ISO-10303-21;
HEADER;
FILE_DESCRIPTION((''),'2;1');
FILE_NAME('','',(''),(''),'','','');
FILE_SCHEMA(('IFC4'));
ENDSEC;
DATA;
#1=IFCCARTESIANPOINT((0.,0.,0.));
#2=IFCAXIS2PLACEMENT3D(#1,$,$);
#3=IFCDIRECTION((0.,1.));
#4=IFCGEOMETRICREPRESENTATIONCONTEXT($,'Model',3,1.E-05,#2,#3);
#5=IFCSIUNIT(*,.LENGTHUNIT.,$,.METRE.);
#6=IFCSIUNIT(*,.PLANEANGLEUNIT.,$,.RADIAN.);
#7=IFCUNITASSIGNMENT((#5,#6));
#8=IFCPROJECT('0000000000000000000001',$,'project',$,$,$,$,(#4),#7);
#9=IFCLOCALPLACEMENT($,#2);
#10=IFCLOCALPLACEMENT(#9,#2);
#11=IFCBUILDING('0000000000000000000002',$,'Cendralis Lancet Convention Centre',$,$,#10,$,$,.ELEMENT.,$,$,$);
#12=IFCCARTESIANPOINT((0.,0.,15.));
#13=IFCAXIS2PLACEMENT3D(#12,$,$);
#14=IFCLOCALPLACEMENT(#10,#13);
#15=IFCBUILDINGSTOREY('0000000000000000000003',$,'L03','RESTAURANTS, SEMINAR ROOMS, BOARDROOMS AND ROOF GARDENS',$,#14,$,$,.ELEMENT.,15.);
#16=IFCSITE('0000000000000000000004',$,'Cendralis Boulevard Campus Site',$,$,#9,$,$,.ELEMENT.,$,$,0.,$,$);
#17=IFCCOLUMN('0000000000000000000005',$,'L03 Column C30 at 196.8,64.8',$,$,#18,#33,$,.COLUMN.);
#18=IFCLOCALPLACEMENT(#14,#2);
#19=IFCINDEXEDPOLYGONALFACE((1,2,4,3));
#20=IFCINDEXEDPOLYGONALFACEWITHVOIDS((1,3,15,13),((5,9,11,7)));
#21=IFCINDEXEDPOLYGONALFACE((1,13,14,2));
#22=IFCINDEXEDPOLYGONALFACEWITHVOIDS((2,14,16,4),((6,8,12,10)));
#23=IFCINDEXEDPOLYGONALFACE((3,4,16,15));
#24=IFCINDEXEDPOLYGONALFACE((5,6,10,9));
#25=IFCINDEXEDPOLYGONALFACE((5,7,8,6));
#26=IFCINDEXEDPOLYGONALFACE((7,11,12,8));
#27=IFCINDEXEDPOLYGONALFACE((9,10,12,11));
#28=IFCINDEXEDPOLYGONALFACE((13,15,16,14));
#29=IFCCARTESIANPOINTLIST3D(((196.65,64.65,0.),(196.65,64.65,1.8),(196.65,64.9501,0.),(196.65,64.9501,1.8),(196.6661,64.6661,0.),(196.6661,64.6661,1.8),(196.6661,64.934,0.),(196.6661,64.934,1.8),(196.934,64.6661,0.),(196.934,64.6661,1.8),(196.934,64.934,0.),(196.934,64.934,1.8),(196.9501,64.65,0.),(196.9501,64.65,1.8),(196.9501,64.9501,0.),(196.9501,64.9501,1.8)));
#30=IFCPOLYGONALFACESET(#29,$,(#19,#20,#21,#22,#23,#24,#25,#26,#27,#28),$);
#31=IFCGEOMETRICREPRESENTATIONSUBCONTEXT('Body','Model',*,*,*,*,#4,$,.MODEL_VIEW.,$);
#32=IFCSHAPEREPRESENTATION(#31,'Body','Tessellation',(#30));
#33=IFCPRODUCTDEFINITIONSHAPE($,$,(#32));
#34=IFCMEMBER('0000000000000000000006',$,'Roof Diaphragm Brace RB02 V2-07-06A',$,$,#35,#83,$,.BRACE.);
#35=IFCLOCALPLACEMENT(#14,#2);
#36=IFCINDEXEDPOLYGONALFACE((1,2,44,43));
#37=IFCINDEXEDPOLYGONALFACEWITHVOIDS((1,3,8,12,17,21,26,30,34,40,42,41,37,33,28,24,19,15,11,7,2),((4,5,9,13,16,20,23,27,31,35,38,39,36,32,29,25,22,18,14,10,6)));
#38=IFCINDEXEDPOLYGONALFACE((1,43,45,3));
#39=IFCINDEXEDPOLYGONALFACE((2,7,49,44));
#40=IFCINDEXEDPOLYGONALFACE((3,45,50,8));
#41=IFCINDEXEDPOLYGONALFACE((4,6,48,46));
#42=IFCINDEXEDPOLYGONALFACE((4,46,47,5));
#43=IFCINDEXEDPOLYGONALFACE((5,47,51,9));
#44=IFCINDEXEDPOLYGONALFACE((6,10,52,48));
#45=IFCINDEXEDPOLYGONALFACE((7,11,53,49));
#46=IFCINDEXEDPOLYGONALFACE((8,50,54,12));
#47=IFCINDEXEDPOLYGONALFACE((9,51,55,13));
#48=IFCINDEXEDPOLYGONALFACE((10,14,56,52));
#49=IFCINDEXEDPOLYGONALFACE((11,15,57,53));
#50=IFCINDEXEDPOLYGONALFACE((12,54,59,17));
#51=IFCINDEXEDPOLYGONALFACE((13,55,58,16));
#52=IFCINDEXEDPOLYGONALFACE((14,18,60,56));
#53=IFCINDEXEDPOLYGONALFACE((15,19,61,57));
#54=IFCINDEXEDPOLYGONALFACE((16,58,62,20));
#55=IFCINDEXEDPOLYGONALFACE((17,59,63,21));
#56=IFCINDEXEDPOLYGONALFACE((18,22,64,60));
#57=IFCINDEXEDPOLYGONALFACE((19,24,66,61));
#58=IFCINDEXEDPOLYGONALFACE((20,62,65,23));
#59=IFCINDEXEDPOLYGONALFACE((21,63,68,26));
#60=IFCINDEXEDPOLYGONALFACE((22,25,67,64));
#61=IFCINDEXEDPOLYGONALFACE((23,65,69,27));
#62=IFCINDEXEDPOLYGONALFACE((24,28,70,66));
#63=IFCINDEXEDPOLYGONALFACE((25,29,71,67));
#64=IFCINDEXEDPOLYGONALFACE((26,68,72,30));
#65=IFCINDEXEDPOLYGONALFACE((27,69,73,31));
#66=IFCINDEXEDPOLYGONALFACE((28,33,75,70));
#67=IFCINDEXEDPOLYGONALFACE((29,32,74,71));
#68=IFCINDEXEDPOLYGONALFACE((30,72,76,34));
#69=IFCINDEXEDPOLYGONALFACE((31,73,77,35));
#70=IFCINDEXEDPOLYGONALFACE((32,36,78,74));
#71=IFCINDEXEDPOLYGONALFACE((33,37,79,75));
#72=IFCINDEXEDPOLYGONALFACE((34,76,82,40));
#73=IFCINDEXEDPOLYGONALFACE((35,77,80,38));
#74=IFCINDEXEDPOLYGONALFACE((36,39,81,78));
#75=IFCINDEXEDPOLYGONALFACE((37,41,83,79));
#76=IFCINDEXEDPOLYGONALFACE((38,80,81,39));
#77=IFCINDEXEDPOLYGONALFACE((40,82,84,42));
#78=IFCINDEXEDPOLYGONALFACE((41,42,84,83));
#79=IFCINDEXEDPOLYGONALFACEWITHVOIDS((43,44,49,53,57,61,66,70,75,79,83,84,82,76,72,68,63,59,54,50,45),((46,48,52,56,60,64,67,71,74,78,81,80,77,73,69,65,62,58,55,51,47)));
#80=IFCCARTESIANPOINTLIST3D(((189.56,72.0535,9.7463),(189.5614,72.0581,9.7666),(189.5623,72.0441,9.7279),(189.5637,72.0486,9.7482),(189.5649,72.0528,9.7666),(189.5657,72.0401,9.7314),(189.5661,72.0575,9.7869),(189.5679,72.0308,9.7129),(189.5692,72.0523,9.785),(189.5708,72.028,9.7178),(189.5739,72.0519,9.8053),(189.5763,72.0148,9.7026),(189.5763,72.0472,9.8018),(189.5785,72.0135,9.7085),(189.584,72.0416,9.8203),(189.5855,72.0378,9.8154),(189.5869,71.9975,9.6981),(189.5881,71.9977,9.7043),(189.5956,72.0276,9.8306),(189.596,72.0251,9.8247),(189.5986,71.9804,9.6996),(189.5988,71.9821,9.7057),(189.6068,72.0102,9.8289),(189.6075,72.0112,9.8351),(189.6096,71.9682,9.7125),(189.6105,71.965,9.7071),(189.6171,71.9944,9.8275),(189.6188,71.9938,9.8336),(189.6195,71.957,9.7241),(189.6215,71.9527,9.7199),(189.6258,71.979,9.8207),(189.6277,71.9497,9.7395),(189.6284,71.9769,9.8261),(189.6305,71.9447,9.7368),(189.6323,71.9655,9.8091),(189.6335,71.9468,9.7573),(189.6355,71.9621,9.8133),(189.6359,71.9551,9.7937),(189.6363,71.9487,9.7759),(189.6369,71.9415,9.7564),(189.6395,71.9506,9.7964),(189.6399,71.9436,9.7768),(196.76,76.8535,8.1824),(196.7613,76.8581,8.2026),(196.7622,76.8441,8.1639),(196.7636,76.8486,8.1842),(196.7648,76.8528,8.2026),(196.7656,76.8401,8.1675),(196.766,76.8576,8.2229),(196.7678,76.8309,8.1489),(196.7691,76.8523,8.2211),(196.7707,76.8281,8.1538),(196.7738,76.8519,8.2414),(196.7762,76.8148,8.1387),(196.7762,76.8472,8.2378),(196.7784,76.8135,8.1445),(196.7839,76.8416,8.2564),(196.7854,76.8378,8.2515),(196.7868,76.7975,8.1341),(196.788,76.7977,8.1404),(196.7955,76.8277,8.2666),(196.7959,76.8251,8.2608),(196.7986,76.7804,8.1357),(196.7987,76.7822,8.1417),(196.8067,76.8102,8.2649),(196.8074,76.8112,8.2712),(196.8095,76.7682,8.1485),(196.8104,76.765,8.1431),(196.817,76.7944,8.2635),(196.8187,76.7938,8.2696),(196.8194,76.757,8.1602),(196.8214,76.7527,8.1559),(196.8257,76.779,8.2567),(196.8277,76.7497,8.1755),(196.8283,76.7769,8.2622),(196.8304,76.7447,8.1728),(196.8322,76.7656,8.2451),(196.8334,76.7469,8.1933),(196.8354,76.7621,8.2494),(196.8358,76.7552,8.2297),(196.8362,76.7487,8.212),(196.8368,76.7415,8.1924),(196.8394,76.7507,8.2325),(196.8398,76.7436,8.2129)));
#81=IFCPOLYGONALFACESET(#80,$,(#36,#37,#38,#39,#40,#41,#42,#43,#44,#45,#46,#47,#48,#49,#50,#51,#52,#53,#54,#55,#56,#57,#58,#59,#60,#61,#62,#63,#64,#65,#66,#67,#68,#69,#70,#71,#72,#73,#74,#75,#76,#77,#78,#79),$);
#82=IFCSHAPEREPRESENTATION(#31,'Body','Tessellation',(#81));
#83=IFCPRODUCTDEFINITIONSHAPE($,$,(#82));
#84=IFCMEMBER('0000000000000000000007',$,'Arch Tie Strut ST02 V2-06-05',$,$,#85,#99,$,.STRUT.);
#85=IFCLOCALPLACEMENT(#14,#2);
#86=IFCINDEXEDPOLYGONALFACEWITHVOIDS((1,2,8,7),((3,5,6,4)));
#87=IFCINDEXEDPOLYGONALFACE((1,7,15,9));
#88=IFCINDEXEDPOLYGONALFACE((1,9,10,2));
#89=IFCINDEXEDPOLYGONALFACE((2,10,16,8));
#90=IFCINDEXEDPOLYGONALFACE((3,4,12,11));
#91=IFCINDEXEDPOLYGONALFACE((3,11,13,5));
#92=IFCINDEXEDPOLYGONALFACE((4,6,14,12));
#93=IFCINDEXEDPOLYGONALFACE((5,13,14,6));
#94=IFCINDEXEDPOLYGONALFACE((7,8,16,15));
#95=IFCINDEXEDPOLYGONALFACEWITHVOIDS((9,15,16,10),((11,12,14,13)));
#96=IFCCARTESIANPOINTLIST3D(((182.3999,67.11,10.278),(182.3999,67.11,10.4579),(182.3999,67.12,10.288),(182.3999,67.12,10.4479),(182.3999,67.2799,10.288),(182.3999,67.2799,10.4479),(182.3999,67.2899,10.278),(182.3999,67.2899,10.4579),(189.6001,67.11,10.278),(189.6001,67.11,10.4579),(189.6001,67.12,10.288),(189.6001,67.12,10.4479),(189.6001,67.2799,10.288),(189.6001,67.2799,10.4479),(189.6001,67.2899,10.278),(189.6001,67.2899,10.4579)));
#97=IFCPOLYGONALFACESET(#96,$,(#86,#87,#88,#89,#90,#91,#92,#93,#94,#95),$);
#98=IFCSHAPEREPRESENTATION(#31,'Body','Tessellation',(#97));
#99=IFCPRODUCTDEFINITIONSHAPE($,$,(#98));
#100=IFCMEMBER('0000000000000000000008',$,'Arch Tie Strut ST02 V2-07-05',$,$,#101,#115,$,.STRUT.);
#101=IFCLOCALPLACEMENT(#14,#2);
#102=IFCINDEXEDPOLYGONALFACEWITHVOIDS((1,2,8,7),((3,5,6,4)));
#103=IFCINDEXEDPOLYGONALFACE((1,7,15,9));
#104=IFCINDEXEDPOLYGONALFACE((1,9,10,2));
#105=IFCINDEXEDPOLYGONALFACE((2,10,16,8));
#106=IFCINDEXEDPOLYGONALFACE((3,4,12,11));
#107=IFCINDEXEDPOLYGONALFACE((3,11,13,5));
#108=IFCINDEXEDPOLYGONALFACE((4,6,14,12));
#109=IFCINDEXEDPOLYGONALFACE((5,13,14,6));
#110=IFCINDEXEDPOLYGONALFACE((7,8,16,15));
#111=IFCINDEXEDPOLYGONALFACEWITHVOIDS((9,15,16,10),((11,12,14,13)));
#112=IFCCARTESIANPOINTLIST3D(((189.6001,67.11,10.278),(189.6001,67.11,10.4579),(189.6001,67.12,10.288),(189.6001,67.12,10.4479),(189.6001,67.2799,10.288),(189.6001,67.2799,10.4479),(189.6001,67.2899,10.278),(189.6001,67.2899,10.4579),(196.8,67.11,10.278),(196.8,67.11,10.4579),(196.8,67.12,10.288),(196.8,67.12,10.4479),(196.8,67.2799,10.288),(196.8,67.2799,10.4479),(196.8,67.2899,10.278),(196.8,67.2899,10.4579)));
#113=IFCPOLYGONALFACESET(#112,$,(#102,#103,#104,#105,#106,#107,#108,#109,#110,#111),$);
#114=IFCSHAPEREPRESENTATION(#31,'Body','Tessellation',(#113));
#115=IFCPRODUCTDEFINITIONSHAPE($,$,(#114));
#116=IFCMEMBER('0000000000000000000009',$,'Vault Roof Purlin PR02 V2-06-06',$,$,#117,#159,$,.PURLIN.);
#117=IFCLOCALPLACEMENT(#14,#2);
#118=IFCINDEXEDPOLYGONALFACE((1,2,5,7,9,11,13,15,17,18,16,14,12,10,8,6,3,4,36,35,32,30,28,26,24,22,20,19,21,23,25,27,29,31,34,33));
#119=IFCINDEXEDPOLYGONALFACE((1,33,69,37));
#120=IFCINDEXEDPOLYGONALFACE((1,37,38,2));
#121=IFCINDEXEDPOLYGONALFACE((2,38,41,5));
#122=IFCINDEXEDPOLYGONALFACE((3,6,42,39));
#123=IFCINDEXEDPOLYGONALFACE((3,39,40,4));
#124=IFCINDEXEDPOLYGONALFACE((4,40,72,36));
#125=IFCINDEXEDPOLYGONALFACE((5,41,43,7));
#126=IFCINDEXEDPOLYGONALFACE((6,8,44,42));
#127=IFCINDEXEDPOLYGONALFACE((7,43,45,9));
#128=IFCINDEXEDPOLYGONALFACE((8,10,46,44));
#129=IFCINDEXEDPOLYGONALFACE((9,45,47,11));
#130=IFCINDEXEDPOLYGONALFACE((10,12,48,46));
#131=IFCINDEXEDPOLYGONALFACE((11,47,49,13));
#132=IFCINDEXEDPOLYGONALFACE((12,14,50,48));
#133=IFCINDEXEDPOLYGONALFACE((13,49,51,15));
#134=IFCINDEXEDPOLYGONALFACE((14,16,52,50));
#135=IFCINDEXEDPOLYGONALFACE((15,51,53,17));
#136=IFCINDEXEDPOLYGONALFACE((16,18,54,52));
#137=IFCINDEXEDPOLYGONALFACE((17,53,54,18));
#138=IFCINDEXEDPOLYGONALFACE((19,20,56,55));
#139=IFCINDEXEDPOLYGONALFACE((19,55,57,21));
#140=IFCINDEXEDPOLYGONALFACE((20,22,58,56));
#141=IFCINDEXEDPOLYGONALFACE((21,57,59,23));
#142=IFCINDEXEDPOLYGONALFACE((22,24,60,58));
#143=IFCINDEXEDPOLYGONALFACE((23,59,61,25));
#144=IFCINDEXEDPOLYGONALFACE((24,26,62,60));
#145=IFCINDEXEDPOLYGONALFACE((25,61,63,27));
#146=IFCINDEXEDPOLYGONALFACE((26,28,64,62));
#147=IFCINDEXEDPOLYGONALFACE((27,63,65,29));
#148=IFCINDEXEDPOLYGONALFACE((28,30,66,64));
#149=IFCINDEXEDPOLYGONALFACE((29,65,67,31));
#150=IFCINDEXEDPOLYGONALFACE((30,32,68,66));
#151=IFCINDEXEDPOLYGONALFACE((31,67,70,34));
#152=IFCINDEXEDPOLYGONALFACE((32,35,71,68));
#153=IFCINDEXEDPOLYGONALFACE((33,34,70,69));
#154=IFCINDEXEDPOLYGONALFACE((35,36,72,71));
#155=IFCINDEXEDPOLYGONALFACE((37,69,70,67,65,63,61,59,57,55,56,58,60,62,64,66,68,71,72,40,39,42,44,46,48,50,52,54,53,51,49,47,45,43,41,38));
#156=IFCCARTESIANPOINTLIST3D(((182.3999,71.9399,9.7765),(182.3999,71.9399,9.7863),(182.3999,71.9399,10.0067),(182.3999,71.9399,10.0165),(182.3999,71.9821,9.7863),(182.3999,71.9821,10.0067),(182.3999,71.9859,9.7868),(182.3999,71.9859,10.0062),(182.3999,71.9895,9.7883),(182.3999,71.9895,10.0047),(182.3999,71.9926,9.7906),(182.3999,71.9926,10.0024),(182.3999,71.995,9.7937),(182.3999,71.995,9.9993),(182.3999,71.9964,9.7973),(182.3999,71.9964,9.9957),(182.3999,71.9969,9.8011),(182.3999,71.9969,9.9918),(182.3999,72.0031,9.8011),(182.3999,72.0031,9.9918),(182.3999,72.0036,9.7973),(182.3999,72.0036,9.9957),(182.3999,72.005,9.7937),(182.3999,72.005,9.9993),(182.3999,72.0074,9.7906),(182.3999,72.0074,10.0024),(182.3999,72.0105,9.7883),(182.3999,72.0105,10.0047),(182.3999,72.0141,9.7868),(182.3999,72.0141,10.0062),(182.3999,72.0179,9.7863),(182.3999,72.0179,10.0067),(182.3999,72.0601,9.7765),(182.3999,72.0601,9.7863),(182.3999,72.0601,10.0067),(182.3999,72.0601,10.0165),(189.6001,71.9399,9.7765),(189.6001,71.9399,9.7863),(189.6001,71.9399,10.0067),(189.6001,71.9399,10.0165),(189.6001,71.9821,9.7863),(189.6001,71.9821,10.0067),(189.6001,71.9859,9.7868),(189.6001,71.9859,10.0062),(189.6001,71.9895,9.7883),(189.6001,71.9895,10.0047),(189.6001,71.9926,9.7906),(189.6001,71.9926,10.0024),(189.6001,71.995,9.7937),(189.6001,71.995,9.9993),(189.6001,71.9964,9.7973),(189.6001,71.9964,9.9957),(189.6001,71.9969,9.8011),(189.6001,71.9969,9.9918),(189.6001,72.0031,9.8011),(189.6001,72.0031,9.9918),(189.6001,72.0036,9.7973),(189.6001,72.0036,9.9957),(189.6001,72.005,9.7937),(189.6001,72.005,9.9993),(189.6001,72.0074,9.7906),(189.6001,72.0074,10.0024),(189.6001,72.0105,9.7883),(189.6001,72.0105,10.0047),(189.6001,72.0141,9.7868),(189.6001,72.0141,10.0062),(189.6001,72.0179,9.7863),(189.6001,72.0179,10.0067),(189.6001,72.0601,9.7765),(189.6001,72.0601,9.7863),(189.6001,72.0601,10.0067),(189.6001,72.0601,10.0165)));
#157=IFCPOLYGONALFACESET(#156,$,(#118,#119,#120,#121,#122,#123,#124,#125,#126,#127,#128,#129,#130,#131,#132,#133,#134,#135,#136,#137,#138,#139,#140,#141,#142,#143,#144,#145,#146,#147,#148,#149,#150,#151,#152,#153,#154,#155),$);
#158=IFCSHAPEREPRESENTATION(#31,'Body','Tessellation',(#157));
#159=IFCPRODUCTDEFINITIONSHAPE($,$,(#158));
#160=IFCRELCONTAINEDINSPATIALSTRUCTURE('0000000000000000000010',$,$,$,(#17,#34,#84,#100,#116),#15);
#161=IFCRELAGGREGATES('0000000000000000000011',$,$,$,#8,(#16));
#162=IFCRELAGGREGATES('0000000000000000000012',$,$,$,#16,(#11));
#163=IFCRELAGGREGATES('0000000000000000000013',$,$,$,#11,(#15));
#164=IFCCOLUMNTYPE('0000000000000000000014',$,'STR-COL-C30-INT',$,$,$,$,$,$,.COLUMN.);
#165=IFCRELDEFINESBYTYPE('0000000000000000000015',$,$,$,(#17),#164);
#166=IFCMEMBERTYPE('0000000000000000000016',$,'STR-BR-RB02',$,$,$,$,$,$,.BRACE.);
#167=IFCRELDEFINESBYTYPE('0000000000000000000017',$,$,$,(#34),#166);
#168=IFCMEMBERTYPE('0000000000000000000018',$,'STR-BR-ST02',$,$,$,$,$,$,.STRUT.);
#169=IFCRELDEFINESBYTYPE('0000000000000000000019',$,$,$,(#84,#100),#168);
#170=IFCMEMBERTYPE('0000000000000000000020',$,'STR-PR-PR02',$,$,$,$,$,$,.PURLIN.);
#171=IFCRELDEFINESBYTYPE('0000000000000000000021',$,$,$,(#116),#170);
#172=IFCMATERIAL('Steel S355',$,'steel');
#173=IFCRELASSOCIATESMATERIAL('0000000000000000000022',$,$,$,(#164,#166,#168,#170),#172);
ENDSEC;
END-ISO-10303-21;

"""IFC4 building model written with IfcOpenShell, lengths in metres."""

from ifc_helpers import new_model, si_unit, direction, frame, origin, origin_2d, place, context, subcontext, project, spatial, hollow_rectangle, hollow_circle, i_section, extrude, material, material_profile, profile_set, type_object, element, save


model = new_model("IFC4")

# Units and contexts
model_context = context("Model", 3, precision=1e-05, world=origin(), true_north=direction((0.0, 1.0)))
body_context = subcontext(model_context, "Body", "Model", "MODEL_VIEW")
ifc_project = project(units=[si_unit("LENGTHUNIT", "METRE"), si_unit("PLANEANGLEUNIT", "RADIAN")], contexts=[model_context])

# Site, building, storey
site_placement = place(None, origin())
site = spatial("IfcSite", under=ifc_project, at=site_placement, Name="Cendralis Boulevard Campus Site", CompositionType="ELEMENT", RefElevation=0.0)
building_placement = place(site_placement, origin())
building = spatial("IfcBuilding", under=site, at=building_placement, Name="Cendralis Lancet Convention Centre", CompositionType="ELEMENT")
storey_placement = place(building_placement, frame((0.0, 0.0, 15.0)))
storey = spatial("IfcBuildingStorey", under=building, at=storey_placement, Name="L03", Description="RESTAURANTS, SEMINAR ROOMS, BOARDROOMS AND ROOF GARDENS", CompositionType="ELEMENT", Elevation=15.0)

# Column
ifc_material = material(Name="Steel S355", Category="steel")
ifc_material_profile_1 = material_profile(ifc_material, hollow_rectangle(XDim=0.3, YDim=0.3, WallThickness=0.0161, at=origin_2d()), Name="SHS 300x300x16.0")
ifc_profile_set_1 = profile_set([ifc_material_profile_1], Name="Steel S355")
column_type = type_object("IfcColumnType", Name="STR-COL-C30-INT", PredefinedType="COLUMN", material=ifc_profile_set_1)
column_placement = place(storey_placement, frame((196.8, 64.8, 0.0), z_axis=(0.0, 0.0, 1.0), x_axis=(1.0, 0.0, 0.0)))
element("IfcColumn", 1, at=column_placement, inside=storey, type_object=column_type, Name="L03 Column C30 at 196.8,64.8", PredefinedType="COLUMN", context=body_context, shape_type="SweptSolid", body=[
    extrude(hollow_rectangle(XDim=0.3, YDim=0.3, WallThickness=0.0161, at=origin_2d()), origin(), (0.0, 0.0, 1.0), 1.8),
])

# Members
ifc_material_profile_2 = material_profile(ifc_material, hollow_circle(Radius=0.0698, WallThickness=0.0063, at=origin_2d()), Name="CHS 139.7x6.3")
ifc_profile_set_2 = profile_set([ifc_material_profile_2], Name="Steel S355")
member_type_1 = type_object("IfcMemberType", Name="STR-BR-RB02", PredefinedType="BRACE", material=ifc_profile_set_2)
member_1_placement = place(storey_placement, frame((189.6001, 72.0, 9.7666), z_axis=(0.81878, 0.545863, -0.177855), x_axis=(-0.554707, 0.832046, 0.0)))
element("IfcMember", 2, at=member_1_placement, inside=storey, type_object=member_type_1, Name="Roof Diaphragm Brace RB02 V2-07-06A", PredefinedType="BRACE", context=body_context, shape_type="SweptSolid", body=[
    extrude(hollow_circle(Radius=0.0698, WallThickness=0.0063, at=origin_2d()), origin(), (0.0, 0.0, 1.0), 8.7935),
])
ifc_material_profile_3 = material_profile(ifc_material, hollow_rectangle(XDim=0.1799, YDim=0.1799, WallThickness=0.01, at=origin_2d()), Name="SHS 180x180x10.0")
ifc_profile_set_3 = profile_set([ifc_material_profile_3], Name="Steel S355")
member_type_2 = type_object("IfcMemberType", Name="STR-BR-ST02", PredefinedType="STRUT", material=ifc_profile_set_3)
member_2_placement = place(storey_placement, frame((182.3999, 67.2, 10.3679), z_axis=(1.0, 0.0, 0.0), x_axis=(0.0, 1.0, 0.0)))
element("IfcMember", 3, at=member_2_placement, inside=storey, type_object=member_type_2, Name="Arch Tie Strut ST02 V2-06-05", PredefinedType="STRUT", context=body_context, shape_type="SweptSolid", body=[
    extrude(hollow_rectangle(XDim=0.1799, YDim=0.1799, WallThickness=0.01, at=origin_2d()), origin(), (0.0, 0.0, 1.0), 7.2002),
])
member_3_placement = place(storey_placement, frame((189.6001, 67.2, 10.3679), z_axis=(1.0, 0.0, 0.0), x_axis=(0.0, 1.0, 0.0)))
element("IfcMember", 4, at=member_3_placement, inside=storey, type_object=member_type_2, Name="Arch Tie Strut ST02 V2-07-05", PredefinedType="STRUT", context=body_context, shape_type="SweptSolid", body=[
    extrude(hollow_rectangle(XDim=0.1799, YDim=0.1799, WallThickness=0.01, at=origin_2d()), origin(), (0.0, 0.0, 1.0), 7.2),
])
ifc_material_profile_4 = material_profile(ifc_material, i_section(OverallWidth=0.1201, OverallDepth=0.24, WebThickness=0.0061, FlangeThickness=0.0098, FilletRadius=0.0149, at=origin_2d()), Name="IPE 240")
ifc_profile_set_4 = profile_set([ifc_material_profile_4], Name="Steel S355")
member_type_3 = type_object("IfcMemberType", Name="STR-PR-PR02", PredefinedType="PURLIN", material=ifc_profile_set_4)
for number, where, z_axis, x_axis, name in (
    (5, (182.3999, 72.0, 9.8965), (1.0, 0.0, 0.0), (0.0, 1.0, 0.0), "Vault Roof Purlin PR02 V2-06-06"),
):
    element("IfcMember", number, at=place(storey_placement, frame(where, z_axis=z_axis, x_axis=x_axis)), inside=storey, type_object=member_type_3, Name=name, PredefinedType="PURLIN", context=body_context, shape_type="SweptSolid", body=[
        extrude(i_section(OverallWidth=0.1201, OverallDepth=0.24, WebThickness=0.0061, FlangeThickness=0.0098, FilletRadius=0.0149, at=origin_2d()), origin(), (0.0, 0.0, 1.0), 7.2002),
    ])

save(model, "model.ifc")
